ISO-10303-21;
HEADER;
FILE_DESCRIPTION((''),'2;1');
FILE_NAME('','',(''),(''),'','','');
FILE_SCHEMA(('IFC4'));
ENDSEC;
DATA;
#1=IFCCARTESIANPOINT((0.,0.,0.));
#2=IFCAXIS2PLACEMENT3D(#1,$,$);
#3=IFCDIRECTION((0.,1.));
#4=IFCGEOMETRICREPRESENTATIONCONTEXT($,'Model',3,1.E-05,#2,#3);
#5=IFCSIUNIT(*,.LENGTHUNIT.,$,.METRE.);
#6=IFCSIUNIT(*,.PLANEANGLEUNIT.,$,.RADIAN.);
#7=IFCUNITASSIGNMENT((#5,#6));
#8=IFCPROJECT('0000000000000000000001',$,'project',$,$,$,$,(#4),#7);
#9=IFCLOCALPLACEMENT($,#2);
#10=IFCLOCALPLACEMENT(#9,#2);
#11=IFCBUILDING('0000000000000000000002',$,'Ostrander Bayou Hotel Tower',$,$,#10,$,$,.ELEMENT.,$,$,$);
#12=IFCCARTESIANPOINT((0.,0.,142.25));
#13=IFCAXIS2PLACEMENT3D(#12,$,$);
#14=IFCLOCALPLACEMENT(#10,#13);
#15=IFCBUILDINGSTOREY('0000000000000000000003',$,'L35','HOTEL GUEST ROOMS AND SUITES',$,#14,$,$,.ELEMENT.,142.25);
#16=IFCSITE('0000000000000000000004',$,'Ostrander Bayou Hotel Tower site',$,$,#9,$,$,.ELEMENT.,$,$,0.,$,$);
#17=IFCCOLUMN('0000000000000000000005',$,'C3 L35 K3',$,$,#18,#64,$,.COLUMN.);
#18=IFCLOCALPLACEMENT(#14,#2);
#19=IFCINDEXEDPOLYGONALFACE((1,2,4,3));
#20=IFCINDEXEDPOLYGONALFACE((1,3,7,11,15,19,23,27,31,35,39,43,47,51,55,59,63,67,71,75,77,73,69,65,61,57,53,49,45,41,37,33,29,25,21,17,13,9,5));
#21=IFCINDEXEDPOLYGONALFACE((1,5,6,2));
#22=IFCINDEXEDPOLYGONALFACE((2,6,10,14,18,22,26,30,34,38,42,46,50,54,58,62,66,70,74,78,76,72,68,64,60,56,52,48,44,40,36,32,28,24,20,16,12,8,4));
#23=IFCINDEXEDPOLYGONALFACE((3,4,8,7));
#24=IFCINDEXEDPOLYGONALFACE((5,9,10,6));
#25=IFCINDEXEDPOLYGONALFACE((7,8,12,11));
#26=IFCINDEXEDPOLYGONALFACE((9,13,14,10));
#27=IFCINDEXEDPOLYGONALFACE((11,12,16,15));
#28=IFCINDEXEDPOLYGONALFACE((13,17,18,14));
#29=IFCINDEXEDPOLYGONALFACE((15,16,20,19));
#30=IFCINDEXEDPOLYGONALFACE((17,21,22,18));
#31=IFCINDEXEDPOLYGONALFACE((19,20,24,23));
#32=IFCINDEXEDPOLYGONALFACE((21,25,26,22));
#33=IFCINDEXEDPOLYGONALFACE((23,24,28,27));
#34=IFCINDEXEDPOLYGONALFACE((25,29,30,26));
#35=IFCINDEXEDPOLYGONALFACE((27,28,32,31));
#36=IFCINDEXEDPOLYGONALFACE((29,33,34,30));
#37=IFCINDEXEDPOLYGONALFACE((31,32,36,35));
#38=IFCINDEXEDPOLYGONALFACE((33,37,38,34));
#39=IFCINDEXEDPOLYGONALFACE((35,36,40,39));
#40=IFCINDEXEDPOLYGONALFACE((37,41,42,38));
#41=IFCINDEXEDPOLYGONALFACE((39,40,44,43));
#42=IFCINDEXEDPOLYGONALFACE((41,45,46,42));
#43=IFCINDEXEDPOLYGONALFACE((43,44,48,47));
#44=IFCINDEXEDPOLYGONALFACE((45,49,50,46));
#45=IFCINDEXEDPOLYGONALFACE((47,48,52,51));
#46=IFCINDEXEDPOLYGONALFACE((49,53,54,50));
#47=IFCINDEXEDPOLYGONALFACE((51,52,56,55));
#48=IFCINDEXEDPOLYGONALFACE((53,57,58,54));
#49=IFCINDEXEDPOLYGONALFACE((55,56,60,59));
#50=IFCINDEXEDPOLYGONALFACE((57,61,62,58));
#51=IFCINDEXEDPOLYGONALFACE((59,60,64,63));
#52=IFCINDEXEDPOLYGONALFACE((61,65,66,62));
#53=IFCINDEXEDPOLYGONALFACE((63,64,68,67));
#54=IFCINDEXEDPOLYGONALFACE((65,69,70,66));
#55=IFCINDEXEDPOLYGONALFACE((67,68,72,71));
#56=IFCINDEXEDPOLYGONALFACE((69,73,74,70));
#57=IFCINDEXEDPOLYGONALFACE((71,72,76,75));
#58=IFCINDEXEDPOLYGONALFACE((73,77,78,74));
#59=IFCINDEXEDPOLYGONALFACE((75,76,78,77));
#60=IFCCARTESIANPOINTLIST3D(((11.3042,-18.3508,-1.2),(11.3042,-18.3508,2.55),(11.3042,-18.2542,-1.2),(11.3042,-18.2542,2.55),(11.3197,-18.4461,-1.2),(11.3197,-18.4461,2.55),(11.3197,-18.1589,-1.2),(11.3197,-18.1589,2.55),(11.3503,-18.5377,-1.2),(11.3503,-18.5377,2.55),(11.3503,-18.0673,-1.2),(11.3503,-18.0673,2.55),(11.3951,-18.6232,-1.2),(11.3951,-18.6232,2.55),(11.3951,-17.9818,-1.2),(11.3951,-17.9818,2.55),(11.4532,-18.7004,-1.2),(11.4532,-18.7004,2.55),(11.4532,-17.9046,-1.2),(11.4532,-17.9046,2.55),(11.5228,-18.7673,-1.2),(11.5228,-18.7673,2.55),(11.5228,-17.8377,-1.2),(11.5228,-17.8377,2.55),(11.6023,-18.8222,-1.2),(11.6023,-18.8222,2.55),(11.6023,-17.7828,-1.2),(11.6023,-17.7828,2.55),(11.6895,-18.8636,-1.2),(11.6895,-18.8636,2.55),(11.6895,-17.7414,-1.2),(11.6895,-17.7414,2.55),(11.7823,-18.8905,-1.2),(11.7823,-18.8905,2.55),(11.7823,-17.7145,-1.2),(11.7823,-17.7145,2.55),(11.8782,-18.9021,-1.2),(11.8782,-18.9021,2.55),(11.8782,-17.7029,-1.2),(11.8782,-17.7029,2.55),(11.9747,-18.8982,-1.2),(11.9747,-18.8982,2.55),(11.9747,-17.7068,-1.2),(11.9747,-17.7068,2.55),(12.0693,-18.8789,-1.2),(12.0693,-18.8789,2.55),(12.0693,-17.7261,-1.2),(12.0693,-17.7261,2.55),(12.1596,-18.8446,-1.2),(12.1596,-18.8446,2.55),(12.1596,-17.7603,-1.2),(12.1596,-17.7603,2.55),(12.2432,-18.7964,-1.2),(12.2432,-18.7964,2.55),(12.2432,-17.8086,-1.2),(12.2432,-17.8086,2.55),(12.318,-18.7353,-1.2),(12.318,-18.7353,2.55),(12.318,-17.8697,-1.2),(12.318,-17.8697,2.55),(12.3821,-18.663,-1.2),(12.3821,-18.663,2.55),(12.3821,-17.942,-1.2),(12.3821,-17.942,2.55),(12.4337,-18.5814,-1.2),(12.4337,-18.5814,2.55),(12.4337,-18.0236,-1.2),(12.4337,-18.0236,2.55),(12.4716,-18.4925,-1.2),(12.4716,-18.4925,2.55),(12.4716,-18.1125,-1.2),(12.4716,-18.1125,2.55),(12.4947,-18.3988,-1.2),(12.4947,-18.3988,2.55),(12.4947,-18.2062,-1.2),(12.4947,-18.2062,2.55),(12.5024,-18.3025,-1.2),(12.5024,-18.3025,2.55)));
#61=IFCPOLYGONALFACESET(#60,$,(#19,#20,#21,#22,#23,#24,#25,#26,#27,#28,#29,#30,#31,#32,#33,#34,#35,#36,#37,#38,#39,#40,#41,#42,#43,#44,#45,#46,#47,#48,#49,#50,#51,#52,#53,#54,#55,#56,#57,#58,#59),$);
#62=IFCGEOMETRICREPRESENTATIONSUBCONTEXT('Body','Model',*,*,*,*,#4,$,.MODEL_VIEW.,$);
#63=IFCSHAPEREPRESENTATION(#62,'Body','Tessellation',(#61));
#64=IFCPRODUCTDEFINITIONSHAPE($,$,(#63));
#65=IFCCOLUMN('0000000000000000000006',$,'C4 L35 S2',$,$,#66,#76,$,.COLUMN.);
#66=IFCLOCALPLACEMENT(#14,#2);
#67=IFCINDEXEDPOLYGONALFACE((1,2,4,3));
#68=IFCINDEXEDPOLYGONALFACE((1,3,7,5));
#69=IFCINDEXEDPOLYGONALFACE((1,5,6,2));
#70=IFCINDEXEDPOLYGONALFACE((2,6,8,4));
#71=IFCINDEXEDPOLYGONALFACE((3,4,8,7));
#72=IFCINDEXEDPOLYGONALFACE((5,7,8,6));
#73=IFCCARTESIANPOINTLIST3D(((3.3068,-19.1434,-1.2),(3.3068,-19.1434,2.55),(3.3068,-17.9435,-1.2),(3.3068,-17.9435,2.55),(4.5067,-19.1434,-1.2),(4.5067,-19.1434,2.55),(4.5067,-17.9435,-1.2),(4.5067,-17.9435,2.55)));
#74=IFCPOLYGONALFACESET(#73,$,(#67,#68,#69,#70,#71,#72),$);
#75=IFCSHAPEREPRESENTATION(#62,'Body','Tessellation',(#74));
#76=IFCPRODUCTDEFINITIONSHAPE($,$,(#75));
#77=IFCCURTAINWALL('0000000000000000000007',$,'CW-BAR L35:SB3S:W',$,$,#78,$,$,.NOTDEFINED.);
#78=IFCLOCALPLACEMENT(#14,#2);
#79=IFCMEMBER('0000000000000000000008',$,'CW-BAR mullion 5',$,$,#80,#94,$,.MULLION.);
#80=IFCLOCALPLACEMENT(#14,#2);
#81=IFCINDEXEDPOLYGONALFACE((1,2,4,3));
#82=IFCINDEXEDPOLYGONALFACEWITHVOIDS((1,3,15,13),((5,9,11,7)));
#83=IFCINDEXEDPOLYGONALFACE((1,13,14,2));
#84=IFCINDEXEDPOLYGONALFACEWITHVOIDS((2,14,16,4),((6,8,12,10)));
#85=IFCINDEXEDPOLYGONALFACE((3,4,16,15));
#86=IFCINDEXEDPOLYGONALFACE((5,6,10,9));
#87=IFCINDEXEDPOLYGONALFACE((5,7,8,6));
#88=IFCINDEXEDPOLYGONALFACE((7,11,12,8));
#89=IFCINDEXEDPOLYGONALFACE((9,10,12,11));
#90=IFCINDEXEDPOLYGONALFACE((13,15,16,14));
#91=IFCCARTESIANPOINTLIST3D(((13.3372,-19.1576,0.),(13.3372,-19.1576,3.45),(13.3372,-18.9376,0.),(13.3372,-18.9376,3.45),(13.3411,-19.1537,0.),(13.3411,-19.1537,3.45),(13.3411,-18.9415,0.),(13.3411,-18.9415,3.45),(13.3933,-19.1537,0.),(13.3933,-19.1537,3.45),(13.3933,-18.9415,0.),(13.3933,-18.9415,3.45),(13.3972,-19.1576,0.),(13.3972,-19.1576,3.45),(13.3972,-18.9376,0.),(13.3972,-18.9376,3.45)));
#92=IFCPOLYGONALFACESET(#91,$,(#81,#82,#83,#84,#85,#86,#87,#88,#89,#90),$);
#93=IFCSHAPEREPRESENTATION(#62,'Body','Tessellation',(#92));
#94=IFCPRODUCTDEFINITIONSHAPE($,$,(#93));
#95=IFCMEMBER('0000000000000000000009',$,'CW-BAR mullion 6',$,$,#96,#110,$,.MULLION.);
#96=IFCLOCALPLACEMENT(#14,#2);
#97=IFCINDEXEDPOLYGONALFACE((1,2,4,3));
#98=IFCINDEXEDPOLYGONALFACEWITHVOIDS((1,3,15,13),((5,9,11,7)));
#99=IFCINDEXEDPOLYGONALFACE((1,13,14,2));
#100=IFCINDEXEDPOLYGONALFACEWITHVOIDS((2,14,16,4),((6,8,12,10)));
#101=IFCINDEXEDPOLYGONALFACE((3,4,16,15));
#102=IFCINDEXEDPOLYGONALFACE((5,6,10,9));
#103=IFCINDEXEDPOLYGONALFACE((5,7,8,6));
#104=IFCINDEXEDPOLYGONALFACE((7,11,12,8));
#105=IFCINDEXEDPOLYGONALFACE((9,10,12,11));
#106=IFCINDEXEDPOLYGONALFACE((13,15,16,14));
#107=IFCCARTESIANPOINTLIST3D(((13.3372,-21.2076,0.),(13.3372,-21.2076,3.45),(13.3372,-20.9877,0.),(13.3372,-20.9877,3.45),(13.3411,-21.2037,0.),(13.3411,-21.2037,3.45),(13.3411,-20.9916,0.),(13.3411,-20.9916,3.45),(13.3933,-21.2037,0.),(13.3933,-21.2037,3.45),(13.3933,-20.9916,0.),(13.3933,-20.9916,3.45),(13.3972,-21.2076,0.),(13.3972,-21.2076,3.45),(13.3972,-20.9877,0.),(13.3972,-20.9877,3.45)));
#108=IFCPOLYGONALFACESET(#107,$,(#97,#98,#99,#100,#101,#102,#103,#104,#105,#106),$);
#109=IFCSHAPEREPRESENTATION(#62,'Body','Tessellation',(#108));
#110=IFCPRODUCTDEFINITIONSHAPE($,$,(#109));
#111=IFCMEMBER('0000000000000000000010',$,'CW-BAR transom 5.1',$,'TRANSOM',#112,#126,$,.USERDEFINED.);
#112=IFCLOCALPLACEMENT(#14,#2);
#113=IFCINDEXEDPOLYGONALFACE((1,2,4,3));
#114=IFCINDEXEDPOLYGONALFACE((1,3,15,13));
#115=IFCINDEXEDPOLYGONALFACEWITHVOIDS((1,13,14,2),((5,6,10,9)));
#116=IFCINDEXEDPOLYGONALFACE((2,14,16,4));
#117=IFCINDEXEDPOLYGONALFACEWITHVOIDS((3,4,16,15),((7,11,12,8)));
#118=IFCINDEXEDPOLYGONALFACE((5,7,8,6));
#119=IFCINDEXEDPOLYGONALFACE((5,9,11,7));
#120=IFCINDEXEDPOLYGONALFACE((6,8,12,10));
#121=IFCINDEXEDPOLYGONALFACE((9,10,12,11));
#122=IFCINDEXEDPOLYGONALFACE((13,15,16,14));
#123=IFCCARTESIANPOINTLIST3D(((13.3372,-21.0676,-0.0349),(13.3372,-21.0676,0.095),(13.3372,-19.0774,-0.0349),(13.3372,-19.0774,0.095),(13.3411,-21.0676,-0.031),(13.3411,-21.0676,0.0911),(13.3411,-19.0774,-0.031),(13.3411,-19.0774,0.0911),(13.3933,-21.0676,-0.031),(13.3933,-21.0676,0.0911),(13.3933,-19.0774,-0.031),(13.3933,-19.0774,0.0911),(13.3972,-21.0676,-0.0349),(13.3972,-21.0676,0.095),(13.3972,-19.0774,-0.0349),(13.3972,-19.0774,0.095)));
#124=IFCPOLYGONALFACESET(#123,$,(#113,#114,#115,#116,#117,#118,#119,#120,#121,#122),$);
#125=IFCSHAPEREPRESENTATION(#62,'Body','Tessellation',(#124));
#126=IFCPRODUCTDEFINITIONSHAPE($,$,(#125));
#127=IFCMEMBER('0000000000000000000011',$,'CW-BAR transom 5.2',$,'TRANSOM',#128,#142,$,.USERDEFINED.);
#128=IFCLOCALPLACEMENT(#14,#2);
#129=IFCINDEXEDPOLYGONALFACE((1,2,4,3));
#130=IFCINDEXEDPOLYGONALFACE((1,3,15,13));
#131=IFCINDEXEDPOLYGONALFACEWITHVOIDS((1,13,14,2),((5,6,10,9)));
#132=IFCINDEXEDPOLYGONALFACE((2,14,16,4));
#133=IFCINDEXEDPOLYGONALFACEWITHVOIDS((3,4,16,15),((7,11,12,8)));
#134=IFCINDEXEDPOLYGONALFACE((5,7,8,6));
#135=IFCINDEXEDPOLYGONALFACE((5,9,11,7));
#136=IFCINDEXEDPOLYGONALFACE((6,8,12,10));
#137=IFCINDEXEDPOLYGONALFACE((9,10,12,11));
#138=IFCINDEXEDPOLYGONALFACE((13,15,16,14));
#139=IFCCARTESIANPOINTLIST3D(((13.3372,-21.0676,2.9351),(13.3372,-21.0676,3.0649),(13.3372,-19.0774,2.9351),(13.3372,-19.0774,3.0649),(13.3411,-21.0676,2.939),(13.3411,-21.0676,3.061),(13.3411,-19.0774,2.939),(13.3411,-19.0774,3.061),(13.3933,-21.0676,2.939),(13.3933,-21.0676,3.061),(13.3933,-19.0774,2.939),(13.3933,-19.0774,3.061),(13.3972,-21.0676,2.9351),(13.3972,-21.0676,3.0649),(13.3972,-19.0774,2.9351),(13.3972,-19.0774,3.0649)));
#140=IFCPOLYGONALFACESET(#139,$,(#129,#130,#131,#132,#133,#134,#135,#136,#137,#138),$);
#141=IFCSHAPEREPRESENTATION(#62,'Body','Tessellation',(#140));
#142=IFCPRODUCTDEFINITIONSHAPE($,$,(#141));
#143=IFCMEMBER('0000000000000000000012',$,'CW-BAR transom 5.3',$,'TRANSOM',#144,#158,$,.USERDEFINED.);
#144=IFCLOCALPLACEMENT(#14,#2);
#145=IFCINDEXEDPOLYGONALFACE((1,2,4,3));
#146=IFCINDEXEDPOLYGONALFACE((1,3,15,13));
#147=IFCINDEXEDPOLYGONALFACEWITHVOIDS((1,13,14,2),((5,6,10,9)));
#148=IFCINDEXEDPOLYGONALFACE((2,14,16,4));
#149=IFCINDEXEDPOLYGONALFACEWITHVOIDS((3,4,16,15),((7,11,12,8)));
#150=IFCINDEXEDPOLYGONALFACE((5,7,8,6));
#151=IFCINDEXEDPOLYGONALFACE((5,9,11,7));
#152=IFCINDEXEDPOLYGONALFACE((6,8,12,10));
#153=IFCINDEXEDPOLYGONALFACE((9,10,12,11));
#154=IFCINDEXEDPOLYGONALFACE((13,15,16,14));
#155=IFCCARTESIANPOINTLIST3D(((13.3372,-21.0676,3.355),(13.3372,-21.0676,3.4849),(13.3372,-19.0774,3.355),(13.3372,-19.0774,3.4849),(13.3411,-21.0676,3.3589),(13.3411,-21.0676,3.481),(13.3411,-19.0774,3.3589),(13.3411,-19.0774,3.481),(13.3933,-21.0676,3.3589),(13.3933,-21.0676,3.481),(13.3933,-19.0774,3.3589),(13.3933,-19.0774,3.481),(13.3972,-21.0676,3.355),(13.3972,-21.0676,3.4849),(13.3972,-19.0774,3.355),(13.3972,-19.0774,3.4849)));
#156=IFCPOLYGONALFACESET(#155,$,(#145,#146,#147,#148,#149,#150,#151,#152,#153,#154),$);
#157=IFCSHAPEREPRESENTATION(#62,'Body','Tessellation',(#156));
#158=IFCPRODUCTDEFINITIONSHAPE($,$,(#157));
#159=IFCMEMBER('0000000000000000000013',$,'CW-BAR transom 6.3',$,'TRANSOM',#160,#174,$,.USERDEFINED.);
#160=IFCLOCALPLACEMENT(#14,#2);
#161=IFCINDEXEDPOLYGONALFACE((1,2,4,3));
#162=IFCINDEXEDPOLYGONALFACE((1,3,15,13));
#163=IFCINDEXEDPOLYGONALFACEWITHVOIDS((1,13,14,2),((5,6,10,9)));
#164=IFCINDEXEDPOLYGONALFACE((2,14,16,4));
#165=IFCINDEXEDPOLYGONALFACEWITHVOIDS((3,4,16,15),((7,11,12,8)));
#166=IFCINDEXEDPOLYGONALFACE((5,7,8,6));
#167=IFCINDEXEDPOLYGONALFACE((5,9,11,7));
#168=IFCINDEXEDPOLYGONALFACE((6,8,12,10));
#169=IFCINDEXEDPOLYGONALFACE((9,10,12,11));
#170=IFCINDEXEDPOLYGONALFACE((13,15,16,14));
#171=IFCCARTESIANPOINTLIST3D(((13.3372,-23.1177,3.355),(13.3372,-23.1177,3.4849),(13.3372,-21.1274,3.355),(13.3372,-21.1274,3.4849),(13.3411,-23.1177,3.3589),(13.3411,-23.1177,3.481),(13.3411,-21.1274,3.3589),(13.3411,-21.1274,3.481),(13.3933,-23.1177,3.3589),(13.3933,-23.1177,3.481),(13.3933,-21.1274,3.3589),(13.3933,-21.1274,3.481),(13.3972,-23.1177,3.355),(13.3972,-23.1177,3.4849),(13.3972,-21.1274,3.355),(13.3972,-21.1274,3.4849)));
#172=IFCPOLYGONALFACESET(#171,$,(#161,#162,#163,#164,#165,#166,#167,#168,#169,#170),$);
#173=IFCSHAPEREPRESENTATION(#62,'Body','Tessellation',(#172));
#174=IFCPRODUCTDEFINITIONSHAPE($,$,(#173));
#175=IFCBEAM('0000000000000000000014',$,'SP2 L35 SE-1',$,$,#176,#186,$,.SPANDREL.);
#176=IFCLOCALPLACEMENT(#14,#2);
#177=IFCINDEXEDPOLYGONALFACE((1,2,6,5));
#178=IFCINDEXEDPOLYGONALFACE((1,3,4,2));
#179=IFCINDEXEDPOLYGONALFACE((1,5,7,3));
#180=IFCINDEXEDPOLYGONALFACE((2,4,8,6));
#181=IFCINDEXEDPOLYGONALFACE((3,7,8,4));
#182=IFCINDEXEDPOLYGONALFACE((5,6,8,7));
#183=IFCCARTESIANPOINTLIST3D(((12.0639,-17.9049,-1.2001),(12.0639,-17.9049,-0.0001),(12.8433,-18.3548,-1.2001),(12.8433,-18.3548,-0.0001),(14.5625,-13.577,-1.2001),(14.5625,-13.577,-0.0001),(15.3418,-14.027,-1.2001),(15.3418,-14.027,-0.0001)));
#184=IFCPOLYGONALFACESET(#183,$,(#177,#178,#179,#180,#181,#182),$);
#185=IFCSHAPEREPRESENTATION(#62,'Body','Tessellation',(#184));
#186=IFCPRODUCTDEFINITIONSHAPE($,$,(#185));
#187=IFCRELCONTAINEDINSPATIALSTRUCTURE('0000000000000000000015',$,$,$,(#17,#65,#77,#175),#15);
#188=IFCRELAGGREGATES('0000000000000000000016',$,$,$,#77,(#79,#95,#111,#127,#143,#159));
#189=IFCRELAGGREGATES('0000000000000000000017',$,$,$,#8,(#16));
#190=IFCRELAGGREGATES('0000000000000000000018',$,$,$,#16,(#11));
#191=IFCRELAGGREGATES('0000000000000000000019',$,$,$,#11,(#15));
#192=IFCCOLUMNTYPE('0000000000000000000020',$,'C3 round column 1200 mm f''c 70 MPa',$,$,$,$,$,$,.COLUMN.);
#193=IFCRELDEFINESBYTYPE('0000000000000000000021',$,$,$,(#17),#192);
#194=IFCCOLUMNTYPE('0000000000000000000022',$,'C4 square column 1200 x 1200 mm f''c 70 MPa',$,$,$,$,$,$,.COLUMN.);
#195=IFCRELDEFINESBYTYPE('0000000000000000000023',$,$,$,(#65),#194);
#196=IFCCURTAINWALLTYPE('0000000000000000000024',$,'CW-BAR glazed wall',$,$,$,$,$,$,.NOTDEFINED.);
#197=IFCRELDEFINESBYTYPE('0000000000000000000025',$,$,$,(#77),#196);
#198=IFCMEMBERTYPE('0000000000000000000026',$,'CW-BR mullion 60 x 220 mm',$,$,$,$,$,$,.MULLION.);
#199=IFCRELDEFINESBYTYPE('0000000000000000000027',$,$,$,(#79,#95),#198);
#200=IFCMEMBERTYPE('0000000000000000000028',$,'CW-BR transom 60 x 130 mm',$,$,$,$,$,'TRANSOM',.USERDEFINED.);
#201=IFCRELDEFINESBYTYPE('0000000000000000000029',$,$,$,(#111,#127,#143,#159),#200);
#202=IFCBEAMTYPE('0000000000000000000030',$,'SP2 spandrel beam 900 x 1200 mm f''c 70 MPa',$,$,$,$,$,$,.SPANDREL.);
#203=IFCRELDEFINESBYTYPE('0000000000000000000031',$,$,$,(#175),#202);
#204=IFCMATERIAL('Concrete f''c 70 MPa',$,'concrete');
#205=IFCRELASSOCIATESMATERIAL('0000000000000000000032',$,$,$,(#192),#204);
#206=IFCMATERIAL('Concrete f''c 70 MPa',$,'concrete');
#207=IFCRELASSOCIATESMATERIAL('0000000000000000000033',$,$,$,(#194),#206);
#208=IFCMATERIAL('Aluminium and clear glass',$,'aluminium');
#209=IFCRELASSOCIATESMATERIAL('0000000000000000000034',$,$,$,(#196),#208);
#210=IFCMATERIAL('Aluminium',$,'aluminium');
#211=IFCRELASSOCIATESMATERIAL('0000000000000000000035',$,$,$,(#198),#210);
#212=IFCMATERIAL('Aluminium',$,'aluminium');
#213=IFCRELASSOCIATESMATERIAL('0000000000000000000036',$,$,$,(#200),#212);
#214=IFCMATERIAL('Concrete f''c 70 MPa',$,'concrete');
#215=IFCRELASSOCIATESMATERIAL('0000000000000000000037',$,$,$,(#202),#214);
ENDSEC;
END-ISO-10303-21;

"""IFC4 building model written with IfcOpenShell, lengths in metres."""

from ifc_helpers import new_model, si_unit, direction, frame, origin, origin_2d, place, context, subcontext, project, spatial, rectangle, hollow_rectangle, circle, extrude, material, material_profile, profile_set, type_object, element, aggregate, save


model = new_model("IFC4")

# Units and contexts
model_context = context("Model", 3, precision=1e-05, world=origin(), true_north=direction((0.0, 1.0)))
body_context = subcontext(model_context, "Body", "Model", "MODEL_VIEW")
ifc_project = project(units=[si_unit("LENGTHUNIT", "METRE"), si_unit("PLANEANGLEUNIT", "RADIAN")], contexts=[model_context])

# Site, building, storey
site_placement = place(None, origin())
site = spatial("IfcSite", under=ifc_project, at=site_placement, Name="Ostrander Bayou Hotel Tower site", CompositionType="ELEMENT", RefElevation=0.0)
building_placement = place(site_placement, origin())
building = spatial("IfcBuilding", under=site, at=building_placement, Name="Ostrander Bayou Hotel Tower", CompositionType="ELEMENT")
storey_placement = place(building_placement, frame((0.0, 0.0, 142.25)))
storey = spatial("IfcBuildingStorey", under=building, at=storey_placement, Name="L35", Description="HOTEL GUEST ROOMS AND SUITES", CompositionType="ELEMENT", Elevation=142.25)

# Columns
ifc_material_1 = material(Name="Concrete f'c 70 MPa", Category="concrete")
ifc_material_profile_1 = material_profile(ifc_material_1, circle(Radius=0.6001, at=origin_2d()))
ifc_profile_set_1 = profile_set([ifc_material_profile_1], Name="Concrete f'c 70 MPa")
column_type_1 = type_object("IfcColumnType", Name="C3 round column 1200 mm f'c 70 MPa", PredefinedType="COLUMN", material=ifc_profile_set_1)
column_1_placement = place(storey_placement, frame((11.9023, -18.3025, -1.2), z_axis=(0.0, 0.0, 1.0), x_axis=(1.0, 0.0, 0.0)))
element("IfcColumn", 1, at=column_1_placement, inside=storey, type_object=column_type_1, Name="C3 L35 K3", PredefinedType="COLUMN", context=body_context, shape_type="SweptSolid", body=[
    extrude(circle(Radius=0.6001, at=origin_2d()), origin(), (0.0, 0.0, 1.0), 3.75),
])
ifc_material_2 = material(Name="Concrete f'c 70 MPa", Category="concrete")
ifc_material_profile_2 = material_profile(ifc_material_2, rectangle(XDim=1.2, YDim=1.2, at=origin_2d()))
ifc_profile_set_2 = profile_set([ifc_material_profile_2], Name="Concrete f'c 70 MPa")
column_type_2 = type_object("IfcColumnType", Name="C4 square column 1200 x 1200 mm f'c 70 MPa", PredefinedType="COLUMN", material=ifc_profile_set_2)
column_2_placement = place(storey_placement, frame((3.9067, -18.5435, -1.2), z_axis=(0.0, 0.0, 1.0), x_axis=(-1.0, 0.0, 0.0)))
element("IfcColumn", 2, at=column_2_placement, inside=storey, type_object=column_type_2, Name="C4 L35 S2", PredefinedType="COLUMN", context=body_context, shape_type="SweptSolid", body=[
    extrude(rectangle(XDim=1.2, YDim=1.2, at=origin_2d()), origin(), (0.0, 0.0, 1.0), 3.75),
])

# Curtain wall, members
ifc_material_3 = material(Name="Aluminium and clear glass", Category="aluminium")
curtain_wall_type = type_object("IfcCurtainWallType", Name="CW-BAR glazed wall", PredefinedType="NOTDEFINED", material=ifc_material_3)
curtain_wall_placement = place(storey_placement, origin())
curtain_wall = element("IfcCurtainWall", 3, at=curtain_wall_placement, inside=storey, type_object=curtain_wall_type, Name="CW-BAR L35:SB3S:W", PredefinedType="NOTDEFINED")
ifc_material_4 = material(Name="Aluminium", Category="aluminium")
ifc_material_profile_3 = material_profile(ifc_material_4, hollow_rectangle(XDim=0.0601, YDim=0.22, WallThickness=0.0039, at=origin_2d()))
ifc_profile_set_3 = profile_set([ifc_material_profile_3], Name="Aluminium")
member_type_1 = type_object("IfcMemberType", Name="CW-BR mullion 60 x 220 mm", PredefinedType="MULLION", material=ifc_profile_set_3)
member_1_placement = place(storey_placement, frame((13.3672, -19.0476, 0.0), z_axis=(0.0, 0.0, 1.0), x_axis=(1.0, 0.0, 0.0)))
member_1 = element("IfcMember", 4, at=member_1_placement, type_object=member_type_1, Name="CW-BAR mullion 5", PredefinedType="MULLION", context=body_context, shape_type="SweptSolid", body=[
    extrude(hollow_rectangle(XDim=0.0601, YDim=0.22, WallThickness=0.0039, at=origin_2d()), origin(), (0.0, 0.0, 1.0), 3.45),
])
member_2_placement = place(storey_placement, frame((13.3672, -21.0977, 0.0), z_axis=(0.0, 0.0, 1.0), x_axis=(1.0, 0.0, 0.0)))
member_2 = element("IfcMember", 5, at=member_2_placement, type_object=member_type_1, Name="CW-BAR mullion 6", PredefinedType="MULLION", context=body_context, shape_type="SweptSolid", body=[
    extrude(hollow_rectangle(XDim=0.0601, YDim=0.22, WallThickness=0.0039, at=origin_2d()), origin(), (0.0, 0.0, 1.0), 3.45),
])
ifc_material_5 = material(Name="Aluminium", Category="aluminium")
ifc_material_profile_4 = material_profile(ifc_material_5, hollow_rectangle(XDim=0.0601, YDim=0.1299, WallThickness=0.0039, at=origin_2d()))
ifc_profile_set_4 = profile_set([ifc_material_profile_4], Name="Aluminium")
member_type_2 = type_object("IfcMemberType", Name="CW-BR transom 60 x 130 mm", ElementType="TRANSOM", PredefinedType="USERDEFINED", material=ifc_profile_set_4)
member_3_placement = place(storey_placement, frame((13.3672, -19.0774, 0.03), z_axis=(0.0, -1.0, 0.0), x_axis=(1.0, 0.0, 0.0)))
member_3 = element("IfcMember", 6, at=member_3_placement, type_object=member_type_2, Name="CW-BAR transom 5.1", ObjectType="TRANSOM", PredefinedType="USERDEFINED", context=body_context, shape_type="SweptSolid", body=[
    extrude(hollow_rectangle(XDim=0.0601, YDim=0.1299, WallThickness=0.0039, at=origin_2d()), origin(), (0.0, 0.0, 1.0), 1.9902),
])
member_4_placement = place(storey_placement, frame((13.3672, -19.0774, 3.0), z_axis=(0.0, -1.0, 0.0), x_axis=(1.0, 0.0, 0.0)))
member_4 = element("IfcMember", 7, at=member_4_placement, type_object=member_type_2, Name="CW-BAR transom 5.2", ObjectType="TRANSOM", PredefinedType="USERDEFINED", context=body_context, shape_type="SweptSolid", body=[
    extrude(hollow_rectangle(XDim=0.0601, YDim=0.1299, WallThickness=0.0039, at=origin_2d()), origin(), (0.0, 0.0, 1.0), 1.9902),
])
member_5_placement = place(storey_placement, frame((13.3672, -19.0774, 3.4199), z_axis=(0.0, -1.0, 0.0), x_axis=(1.0, 0.0, 0.0)))
member_5 = element("IfcMember", 8, at=member_5_placement, type_object=member_type_2, Name="CW-BAR transom 5.3", ObjectType="TRANSOM", PredefinedType="USERDEFINED", context=body_context, shape_type="SweptSolid", body=[
    extrude(hollow_rectangle(XDim=0.0601, YDim=0.1299, WallThickness=0.0039, at=origin_2d()), origin(), (0.0, 0.0, 1.0), 1.9902),
])
member_6_placement = place(storey_placement, frame((13.3672, -21.1274, 3.4199), z_axis=(0.0, -1.0, 0.0), x_axis=(1.0, 0.0, 0.0)))
member_6 = element("IfcMember", 9, at=member_6_placement, type_object=member_type_2, Name="CW-BAR transom 6.3", ObjectType="TRANSOM", PredefinedType="USERDEFINED", context=body_context, shape_type="SweptSolid", body=[
    extrude(hollow_rectangle(XDim=0.0601, YDim=0.1299, WallThickness=0.0039, at=origin_2d()), origin(), (0.0, 0.0, 1.0), 1.9902),
])

# Beam
ifc_material_6 = material(Name="Concrete f'c 70 MPa", Category="concrete")
ifc_material_profile_5 = material_profile(ifc_material_6, rectangle(XDim=0.8999, YDim=1.2, at=origin_2d()))
ifc_profile_set_5 = profile_set([ifc_material_profile_5], Name="Concrete f'c 70 MPa")
beam_type = type_object("IfcBeamType", Name="SP2 spandrel beam 900 x 1200 mm f'c 70 MPa", PredefinedType="SPANDREL", material=ifc_profile_set_5)
beam_placement = place(storey_placement, frame((12.4536, -18.1299, -0.6001), z_axis=(0.499975, 0.86604, 0.0), x_axis=(-0.86604, 0.499975, 0.0)))
element("IfcBeam", 10, at=beam_placement, inside=storey, type_object=beam_type, Name="SP2 L35 SE-1", PredefinedType="SPANDREL", context=body_context, shape_type="SweptSolid", body=[
    extrude(rectangle(XDim=0.8999, YDim=1.2, at=origin_2d()), origin(), (0.0, 0.0, 1.0), 4.9973),
])

aggregate(curtain_wall, [member_1, member_2, member_3, member_4, member_5, member_6])

save(model, "model.ifc")
